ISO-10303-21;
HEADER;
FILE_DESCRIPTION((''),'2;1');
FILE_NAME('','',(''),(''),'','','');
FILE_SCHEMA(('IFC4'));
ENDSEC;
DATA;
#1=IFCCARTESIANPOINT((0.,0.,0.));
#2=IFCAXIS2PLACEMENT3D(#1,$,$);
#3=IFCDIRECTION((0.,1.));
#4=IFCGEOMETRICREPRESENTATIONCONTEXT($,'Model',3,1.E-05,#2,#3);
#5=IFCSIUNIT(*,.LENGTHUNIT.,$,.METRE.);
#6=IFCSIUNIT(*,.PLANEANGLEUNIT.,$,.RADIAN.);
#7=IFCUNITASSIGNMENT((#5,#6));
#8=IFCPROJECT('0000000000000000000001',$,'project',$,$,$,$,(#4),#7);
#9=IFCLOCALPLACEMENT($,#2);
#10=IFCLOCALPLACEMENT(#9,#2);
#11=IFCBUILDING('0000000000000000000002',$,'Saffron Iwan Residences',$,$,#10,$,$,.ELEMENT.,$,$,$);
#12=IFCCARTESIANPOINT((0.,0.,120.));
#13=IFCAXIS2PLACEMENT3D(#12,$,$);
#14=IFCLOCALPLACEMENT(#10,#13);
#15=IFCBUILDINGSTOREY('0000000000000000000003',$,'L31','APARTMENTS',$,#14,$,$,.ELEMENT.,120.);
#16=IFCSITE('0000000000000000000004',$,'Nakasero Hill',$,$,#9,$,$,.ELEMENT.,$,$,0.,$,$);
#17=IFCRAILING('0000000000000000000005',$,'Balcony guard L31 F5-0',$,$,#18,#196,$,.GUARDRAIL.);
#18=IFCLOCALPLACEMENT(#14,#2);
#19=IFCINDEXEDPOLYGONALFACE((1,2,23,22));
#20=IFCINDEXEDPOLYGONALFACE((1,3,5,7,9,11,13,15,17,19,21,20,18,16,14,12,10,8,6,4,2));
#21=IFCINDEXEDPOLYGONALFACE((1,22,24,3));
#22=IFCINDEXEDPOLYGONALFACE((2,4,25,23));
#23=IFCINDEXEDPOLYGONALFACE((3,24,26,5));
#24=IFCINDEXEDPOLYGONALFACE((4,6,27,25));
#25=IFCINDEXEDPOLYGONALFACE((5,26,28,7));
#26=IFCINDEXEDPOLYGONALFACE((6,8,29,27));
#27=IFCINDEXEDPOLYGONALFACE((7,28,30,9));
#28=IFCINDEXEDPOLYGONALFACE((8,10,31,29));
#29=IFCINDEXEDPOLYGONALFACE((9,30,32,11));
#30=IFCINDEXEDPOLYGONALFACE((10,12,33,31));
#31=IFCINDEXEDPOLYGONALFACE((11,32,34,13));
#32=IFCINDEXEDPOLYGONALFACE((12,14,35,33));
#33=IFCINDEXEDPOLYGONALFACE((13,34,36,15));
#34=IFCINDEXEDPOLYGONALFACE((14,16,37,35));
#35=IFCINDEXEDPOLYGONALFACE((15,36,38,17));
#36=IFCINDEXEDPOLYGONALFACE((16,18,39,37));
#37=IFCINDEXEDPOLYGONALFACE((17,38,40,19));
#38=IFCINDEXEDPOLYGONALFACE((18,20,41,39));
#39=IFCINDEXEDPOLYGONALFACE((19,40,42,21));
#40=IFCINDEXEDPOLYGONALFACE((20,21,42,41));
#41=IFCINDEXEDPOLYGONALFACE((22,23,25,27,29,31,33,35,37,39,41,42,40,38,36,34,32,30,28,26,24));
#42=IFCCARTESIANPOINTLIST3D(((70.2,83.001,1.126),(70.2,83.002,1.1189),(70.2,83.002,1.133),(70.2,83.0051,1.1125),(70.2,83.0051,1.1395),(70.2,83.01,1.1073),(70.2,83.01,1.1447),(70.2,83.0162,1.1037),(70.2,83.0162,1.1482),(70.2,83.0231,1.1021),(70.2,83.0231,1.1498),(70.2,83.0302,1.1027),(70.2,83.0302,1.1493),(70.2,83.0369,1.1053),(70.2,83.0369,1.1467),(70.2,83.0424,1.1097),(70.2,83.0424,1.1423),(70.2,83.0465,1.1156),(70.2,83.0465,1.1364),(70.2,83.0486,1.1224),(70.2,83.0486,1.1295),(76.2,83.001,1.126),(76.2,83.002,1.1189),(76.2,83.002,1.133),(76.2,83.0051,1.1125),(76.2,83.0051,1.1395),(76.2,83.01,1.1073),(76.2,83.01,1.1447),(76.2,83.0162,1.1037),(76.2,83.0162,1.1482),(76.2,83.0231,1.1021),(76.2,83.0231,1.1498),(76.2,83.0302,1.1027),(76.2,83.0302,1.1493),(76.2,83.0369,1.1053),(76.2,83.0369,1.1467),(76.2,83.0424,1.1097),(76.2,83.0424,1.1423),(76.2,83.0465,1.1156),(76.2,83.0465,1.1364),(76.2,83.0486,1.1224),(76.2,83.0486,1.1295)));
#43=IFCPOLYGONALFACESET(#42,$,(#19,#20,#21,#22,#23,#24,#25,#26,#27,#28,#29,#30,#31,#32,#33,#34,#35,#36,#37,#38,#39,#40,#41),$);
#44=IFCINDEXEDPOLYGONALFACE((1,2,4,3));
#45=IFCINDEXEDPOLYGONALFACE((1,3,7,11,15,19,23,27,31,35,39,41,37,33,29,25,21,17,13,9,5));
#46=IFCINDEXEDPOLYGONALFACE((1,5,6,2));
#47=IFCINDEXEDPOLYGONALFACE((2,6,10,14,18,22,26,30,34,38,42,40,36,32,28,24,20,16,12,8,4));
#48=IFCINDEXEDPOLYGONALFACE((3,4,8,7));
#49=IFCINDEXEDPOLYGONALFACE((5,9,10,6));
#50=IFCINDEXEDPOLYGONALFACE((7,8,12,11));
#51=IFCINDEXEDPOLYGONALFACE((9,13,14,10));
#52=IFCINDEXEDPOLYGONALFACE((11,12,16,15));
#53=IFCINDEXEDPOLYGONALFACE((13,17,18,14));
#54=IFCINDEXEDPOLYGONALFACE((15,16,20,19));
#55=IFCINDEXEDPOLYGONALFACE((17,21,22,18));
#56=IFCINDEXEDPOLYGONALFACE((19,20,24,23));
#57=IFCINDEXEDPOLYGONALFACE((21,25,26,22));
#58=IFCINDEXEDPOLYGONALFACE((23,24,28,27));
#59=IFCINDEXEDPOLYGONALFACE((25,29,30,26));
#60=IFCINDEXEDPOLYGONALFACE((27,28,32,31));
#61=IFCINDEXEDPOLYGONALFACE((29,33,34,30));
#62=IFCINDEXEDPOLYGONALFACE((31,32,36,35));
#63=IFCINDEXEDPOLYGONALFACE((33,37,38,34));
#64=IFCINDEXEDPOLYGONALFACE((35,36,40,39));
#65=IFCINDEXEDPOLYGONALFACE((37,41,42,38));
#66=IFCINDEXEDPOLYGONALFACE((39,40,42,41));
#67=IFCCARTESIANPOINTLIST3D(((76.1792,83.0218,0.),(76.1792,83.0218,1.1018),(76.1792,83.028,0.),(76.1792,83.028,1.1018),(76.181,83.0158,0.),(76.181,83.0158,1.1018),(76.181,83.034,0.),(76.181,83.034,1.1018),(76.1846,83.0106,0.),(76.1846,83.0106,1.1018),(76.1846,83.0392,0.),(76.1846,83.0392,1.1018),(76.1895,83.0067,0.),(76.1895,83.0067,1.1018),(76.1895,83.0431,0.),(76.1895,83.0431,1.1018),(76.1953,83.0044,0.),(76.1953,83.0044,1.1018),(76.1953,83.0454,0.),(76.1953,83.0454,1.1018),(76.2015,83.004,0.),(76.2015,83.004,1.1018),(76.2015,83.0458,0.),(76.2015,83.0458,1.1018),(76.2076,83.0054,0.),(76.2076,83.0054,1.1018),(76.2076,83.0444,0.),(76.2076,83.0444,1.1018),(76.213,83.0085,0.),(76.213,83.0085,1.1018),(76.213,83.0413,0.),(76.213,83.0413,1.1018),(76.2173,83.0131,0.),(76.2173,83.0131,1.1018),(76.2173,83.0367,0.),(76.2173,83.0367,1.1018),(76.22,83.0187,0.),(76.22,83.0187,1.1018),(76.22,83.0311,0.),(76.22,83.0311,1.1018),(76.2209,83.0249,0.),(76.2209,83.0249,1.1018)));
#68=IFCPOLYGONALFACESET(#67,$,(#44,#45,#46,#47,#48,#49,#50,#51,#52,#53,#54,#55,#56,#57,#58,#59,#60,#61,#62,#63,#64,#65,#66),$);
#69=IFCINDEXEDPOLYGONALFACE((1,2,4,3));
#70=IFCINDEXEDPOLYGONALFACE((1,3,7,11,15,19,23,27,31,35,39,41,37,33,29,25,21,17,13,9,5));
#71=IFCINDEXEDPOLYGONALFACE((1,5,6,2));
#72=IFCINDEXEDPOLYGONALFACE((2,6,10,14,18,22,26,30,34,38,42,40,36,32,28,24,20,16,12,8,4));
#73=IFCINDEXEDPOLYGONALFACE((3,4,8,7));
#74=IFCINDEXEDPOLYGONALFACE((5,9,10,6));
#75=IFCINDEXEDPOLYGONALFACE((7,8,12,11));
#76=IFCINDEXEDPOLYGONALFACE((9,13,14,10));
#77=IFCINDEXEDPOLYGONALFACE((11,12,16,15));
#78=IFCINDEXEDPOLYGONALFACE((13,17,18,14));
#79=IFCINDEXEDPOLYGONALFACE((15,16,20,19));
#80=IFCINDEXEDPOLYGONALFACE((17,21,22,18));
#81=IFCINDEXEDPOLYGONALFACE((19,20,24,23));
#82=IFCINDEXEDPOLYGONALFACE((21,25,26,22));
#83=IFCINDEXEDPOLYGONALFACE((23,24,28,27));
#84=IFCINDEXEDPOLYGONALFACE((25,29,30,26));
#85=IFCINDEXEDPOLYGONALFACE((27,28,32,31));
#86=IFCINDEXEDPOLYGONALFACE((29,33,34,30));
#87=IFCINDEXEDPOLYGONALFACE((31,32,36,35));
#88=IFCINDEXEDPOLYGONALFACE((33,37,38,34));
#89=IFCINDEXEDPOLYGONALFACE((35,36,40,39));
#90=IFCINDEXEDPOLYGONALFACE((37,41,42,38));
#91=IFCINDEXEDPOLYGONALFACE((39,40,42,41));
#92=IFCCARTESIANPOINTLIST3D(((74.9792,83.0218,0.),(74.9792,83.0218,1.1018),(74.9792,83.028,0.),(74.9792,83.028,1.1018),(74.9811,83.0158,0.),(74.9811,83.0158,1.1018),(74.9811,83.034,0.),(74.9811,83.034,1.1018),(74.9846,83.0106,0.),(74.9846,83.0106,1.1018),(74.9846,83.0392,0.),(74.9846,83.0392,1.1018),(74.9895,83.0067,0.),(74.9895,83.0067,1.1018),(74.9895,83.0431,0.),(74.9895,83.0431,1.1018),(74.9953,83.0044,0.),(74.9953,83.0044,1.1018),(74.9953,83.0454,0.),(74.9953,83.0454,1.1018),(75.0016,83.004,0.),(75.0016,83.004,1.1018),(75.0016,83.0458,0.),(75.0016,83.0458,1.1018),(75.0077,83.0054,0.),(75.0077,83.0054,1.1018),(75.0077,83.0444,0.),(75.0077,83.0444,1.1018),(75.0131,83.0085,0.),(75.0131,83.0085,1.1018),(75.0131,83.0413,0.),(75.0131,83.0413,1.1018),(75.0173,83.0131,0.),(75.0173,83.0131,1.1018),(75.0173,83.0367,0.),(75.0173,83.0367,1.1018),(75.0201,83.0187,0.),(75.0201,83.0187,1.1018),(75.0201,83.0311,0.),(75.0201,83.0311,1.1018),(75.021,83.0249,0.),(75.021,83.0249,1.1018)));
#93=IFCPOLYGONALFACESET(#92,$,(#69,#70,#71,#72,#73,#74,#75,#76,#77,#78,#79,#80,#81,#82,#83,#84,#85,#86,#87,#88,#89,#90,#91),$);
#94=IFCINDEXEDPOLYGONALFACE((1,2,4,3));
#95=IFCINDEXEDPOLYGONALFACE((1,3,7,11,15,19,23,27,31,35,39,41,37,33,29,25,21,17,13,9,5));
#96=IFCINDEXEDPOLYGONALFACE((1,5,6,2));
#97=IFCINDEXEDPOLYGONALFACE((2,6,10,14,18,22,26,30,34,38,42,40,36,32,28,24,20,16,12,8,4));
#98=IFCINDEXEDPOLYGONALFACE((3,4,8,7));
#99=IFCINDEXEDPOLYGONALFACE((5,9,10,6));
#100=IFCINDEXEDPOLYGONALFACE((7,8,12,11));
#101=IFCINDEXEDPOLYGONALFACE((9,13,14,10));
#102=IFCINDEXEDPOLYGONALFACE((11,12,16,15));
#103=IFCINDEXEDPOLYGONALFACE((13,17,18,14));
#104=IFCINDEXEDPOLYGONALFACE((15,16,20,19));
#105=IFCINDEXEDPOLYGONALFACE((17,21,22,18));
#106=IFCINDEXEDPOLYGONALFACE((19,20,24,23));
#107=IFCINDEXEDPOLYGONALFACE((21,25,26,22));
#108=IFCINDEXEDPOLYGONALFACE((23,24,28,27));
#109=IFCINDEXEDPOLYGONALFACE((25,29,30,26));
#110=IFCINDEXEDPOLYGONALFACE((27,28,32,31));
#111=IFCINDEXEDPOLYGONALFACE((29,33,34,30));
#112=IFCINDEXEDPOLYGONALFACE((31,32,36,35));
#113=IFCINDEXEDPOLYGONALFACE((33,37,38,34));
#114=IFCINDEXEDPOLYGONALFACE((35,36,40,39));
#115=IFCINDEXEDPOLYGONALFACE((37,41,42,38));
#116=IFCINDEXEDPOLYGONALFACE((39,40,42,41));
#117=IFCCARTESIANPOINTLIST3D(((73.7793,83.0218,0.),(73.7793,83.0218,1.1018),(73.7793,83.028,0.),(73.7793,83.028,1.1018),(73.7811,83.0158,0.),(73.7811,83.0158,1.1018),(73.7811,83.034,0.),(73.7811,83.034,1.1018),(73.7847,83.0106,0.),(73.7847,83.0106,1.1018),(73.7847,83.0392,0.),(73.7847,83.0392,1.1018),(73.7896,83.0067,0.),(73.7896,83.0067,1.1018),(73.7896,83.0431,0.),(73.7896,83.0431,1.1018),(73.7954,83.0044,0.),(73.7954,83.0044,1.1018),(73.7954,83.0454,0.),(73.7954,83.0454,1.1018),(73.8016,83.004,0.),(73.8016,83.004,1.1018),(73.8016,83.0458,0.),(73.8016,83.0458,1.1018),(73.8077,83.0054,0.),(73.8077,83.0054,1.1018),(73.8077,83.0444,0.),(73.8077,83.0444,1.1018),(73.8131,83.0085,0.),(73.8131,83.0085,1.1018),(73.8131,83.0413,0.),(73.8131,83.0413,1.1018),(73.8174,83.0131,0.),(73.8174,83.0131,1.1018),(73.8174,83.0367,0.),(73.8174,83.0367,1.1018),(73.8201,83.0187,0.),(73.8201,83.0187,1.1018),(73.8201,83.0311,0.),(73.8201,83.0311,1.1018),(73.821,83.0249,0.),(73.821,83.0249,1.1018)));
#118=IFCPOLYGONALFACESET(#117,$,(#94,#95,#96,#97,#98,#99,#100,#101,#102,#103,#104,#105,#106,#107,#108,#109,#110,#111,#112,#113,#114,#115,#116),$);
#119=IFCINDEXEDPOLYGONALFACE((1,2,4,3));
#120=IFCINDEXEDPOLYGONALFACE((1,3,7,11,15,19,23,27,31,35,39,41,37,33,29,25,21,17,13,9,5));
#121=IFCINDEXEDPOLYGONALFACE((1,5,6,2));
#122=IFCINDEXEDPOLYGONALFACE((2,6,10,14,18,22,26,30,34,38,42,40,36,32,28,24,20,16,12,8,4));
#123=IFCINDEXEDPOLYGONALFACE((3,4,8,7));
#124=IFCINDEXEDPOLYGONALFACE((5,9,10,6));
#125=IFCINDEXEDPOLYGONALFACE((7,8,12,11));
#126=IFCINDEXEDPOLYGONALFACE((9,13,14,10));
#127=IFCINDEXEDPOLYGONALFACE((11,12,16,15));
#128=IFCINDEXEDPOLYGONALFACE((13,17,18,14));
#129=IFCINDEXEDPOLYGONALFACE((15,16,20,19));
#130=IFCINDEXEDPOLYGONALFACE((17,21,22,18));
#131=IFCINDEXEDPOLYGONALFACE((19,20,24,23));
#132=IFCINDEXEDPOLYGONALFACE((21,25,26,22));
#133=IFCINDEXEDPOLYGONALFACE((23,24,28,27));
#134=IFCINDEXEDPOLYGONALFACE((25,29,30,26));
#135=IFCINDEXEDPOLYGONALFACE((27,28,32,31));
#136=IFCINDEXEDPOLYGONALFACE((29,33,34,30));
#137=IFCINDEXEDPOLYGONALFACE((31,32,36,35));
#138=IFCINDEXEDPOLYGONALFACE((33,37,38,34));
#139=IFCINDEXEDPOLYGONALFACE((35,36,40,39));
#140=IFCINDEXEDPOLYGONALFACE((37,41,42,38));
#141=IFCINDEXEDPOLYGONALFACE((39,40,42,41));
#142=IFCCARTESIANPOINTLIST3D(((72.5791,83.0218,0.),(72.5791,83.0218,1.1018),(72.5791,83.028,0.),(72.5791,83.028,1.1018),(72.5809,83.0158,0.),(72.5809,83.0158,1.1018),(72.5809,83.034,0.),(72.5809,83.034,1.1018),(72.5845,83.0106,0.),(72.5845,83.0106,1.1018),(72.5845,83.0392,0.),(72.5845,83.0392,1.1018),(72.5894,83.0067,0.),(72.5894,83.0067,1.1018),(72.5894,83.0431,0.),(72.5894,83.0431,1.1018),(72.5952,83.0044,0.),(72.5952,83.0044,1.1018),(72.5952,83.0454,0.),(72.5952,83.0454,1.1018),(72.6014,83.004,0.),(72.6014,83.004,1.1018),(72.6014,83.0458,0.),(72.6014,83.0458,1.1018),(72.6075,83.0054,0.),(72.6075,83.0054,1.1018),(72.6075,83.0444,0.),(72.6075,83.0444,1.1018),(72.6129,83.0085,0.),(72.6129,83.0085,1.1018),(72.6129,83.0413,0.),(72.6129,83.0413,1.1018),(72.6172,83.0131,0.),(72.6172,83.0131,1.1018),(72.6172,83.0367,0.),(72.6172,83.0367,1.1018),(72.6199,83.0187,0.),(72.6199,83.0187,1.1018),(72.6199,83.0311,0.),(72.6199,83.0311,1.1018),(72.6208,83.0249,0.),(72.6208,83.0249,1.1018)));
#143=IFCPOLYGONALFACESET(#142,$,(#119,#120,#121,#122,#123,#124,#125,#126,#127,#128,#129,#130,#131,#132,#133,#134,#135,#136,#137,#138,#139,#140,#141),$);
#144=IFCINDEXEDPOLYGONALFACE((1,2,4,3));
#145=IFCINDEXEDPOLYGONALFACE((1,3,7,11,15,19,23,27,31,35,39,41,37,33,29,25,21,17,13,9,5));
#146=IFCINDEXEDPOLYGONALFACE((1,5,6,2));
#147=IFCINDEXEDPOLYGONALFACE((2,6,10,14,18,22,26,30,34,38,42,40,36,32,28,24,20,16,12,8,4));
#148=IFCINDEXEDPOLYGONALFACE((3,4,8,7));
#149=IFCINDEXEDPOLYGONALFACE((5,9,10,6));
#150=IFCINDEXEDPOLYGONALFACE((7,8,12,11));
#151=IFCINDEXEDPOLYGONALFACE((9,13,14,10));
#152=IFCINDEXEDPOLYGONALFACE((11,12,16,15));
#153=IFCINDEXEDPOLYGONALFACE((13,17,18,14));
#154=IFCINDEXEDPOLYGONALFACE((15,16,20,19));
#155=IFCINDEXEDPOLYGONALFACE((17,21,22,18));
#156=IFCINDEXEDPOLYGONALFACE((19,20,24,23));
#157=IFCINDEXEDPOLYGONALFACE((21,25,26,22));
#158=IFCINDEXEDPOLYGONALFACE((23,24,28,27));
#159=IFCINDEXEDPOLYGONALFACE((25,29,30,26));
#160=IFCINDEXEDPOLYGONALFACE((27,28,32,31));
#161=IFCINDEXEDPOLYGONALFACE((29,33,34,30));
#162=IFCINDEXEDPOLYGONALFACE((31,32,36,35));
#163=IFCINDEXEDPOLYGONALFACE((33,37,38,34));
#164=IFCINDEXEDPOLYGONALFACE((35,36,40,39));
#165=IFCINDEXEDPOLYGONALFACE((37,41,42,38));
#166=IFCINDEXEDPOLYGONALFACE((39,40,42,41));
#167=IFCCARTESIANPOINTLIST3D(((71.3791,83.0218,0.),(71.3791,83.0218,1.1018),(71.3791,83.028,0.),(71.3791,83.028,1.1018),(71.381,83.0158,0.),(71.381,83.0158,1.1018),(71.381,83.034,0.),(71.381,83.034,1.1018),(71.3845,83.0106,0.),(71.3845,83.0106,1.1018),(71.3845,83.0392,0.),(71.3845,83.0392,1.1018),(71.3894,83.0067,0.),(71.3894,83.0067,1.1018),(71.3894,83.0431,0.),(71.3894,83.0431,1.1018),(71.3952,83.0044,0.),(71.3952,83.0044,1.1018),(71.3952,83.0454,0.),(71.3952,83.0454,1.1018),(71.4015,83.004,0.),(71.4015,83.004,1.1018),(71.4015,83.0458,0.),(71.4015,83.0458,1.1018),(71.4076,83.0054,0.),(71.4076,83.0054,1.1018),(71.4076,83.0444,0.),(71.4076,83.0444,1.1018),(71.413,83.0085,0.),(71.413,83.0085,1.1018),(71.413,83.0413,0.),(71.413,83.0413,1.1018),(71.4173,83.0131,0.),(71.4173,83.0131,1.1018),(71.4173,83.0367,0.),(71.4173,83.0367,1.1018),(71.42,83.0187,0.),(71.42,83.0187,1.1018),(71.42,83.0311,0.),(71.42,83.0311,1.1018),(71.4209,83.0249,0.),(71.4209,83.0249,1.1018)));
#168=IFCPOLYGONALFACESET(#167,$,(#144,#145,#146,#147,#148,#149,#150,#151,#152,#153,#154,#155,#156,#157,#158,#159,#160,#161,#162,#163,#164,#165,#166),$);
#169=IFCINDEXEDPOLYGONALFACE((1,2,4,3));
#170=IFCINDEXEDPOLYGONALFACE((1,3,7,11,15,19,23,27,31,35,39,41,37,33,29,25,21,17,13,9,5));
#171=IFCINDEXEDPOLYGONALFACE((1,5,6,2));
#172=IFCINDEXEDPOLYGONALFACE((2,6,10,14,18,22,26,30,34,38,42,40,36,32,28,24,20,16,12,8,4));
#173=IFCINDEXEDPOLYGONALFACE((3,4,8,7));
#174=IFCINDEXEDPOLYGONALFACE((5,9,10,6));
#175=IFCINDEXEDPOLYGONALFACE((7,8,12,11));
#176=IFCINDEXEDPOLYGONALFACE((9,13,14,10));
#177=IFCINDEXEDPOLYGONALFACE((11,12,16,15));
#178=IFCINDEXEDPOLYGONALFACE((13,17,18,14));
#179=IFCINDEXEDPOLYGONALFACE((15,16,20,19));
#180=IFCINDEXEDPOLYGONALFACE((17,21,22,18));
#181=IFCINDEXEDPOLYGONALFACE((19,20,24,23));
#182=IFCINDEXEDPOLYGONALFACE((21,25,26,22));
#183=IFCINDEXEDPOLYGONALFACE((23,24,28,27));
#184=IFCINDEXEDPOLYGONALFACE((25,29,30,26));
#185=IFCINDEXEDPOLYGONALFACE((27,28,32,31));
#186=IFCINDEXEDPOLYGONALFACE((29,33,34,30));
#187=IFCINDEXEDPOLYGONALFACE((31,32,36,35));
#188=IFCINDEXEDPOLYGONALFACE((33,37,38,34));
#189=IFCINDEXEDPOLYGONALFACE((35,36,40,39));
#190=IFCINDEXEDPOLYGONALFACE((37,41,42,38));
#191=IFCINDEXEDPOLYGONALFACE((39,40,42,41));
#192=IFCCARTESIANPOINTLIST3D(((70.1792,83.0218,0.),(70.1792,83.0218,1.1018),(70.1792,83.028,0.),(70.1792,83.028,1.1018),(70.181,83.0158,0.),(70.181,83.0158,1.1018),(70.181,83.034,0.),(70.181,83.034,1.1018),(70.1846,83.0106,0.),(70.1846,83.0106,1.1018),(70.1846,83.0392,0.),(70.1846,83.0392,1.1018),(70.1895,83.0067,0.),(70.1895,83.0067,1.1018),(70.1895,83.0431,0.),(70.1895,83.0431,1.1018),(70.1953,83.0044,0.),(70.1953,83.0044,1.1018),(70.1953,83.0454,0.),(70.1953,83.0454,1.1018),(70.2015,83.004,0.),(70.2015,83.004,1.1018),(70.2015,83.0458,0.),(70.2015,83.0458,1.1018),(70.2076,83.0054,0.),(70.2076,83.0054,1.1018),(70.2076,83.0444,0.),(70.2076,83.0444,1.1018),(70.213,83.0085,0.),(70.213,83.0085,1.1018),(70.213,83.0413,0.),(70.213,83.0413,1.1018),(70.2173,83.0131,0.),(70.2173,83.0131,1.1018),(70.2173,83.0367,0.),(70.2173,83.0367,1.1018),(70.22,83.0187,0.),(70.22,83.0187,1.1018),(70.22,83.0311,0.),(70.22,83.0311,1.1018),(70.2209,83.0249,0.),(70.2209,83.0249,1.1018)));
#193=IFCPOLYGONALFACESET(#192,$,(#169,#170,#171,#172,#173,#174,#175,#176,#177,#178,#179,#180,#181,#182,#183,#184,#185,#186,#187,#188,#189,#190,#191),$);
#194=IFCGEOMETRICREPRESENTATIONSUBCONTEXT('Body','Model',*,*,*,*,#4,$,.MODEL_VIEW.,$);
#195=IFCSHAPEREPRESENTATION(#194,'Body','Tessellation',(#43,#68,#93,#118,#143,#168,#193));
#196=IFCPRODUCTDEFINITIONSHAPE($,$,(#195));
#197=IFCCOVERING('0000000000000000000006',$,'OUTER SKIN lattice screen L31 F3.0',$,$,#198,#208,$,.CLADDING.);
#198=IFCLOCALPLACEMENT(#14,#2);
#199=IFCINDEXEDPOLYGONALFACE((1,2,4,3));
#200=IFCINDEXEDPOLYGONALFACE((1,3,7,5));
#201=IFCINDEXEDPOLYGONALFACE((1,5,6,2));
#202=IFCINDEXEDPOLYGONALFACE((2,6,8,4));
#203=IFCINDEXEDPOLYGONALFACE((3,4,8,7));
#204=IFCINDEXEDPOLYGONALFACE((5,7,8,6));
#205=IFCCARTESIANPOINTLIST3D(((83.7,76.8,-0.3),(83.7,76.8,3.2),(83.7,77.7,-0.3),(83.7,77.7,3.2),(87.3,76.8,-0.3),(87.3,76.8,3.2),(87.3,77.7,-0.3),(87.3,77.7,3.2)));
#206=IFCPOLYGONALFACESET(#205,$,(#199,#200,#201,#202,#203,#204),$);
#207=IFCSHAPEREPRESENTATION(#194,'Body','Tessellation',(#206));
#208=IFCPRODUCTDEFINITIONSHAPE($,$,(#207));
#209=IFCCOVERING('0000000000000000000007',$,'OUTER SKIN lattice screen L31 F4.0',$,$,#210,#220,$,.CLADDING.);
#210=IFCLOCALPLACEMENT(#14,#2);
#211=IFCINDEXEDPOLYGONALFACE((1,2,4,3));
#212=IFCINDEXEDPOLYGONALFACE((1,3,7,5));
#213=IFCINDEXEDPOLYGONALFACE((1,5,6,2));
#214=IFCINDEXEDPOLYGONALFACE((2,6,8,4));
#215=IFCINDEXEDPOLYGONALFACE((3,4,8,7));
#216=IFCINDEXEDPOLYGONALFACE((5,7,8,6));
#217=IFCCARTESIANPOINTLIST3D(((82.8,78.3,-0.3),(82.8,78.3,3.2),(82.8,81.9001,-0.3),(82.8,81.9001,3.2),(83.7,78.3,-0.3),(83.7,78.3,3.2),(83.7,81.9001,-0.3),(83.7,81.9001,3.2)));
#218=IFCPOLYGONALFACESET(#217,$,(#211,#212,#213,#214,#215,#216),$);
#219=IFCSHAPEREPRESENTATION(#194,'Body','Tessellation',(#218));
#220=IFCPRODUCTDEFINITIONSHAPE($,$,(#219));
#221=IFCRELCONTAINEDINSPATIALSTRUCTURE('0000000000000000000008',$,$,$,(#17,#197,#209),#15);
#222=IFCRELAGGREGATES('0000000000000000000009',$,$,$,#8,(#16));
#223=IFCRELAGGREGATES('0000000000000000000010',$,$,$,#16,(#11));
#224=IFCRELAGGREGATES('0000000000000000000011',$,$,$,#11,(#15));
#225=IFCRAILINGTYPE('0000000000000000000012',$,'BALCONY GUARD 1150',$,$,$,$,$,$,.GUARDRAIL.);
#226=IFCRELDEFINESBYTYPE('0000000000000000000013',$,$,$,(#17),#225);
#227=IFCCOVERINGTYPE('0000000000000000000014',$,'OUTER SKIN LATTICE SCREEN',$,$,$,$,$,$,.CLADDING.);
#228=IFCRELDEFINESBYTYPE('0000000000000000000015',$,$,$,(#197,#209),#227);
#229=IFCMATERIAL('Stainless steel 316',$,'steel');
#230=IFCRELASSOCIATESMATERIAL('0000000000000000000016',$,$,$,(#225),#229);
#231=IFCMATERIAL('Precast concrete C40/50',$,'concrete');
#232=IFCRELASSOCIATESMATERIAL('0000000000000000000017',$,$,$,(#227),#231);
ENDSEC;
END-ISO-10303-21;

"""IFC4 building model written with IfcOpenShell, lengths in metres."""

from ifc_helpers import new_model, si_unit, direction, frame, origin, origin_2d, place, context, subcontext, project, spatial, polyline, circle, outline, extrude, material, type_object, element, save


model = new_model("IFC4")

# Units and contexts
model_context = context("Model", 3, precision=1e-05, world=origin(), true_north=direction((0.0, 1.0)))
body_context = subcontext(model_context, "Body", "Model", "MODEL_VIEW")
ifc_project = project(units=[si_unit("LENGTHUNIT", "METRE"), si_unit("PLANEANGLEUNIT", "RADIAN")], contexts=[model_context])

# Site, building, storey
site_placement = place(None, origin())
site = spatial("IfcSite", under=ifc_project, at=site_placement, Name="Nakasero Hill", CompositionType="ELEMENT", RefElevation=0.0)
building_placement = place(site_placement, origin())
building = spatial("IfcBuilding", under=site, at=building_placement, Name="Saffron Iwan Residences", CompositionType="ELEMENT")
storey_placement = place(building_placement, frame((0.0, 0.0, 120.0)))
storey = spatial("IfcBuildingStorey", under=building, at=storey_placement, Name="L31", Description="APARTMENTS", CompositionType="ELEMENT", Elevation=120.0)

# Railing
ifc_material_1 = material(Name="Stainless steel 316", Category="steel")
railing_type = type_object("IfcRailingType", Name="BALCONY GUARD 1150", PredefinedType="GUARDRAIL", material=ifc_material_1)
railing_placement = place(storey_placement, frame((76.2, 83.0249, 0.0)))
element("IfcRailing", 1, at=railing_placement, inside=storey, type_object=railing_type, Name="Balcony guard L31 F5-0", PredefinedType="GUARDRAIL", context=body_context, shape_type="SweptSolid", body=[
    extrude(circle(Radius=0.0239, at=origin_2d()), frame((0.0, 0.0, 1.126), z_axis=(-1.0, 0.0, 0.0), x_axis=(0.0, -1.0, 0.0)), (0.0, 0.0, 1.0), 6.0),
    extrude(circle(Radius=0.021, at=origin_2d()), origin(), (0.0, 0.0, 1.0), 1.1018),
    extrude(circle(Radius=0.021, at=origin_2d()), frame((-1.2, 0.0, 0.0)), (0.0, 0.0, 1.0), 1.1018),
    extrude(circle(Radius=0.021, at=origin_2d()), frame((-2.3999, 0.0, 0.0)), (0.0, 0.0, 1.0), 1.1018),
    extrude(circle(Radius=0.021, at=origin_2d()), frame((-3.6001, 0.0, 0.0)), (0.0, 0.0, 1.0), 1.1018),
    extrude(circle(Radius=0.021, at=origin_2d()), frame((-4.8, 0.0, 0.0)), (0.0, 0.0, 1.0), 1.1018),
    extrude(circle(Radius=0.021, at=origin_2d()), frame((-6.0, 0.0, 0.0)), (0.0, 0.0, 1.0), 1.1018),
])

# Coverings
ifc_material_2 = material(Name="Precast concrete C40/50", Category="concrete")
covering_type = type_object("IfcCoveringType", Name="OUTER SKIN LATTICE SCREEN", PredefinedType="CLADDING", material=ifc_material_2)
for number, where, z_axis, x_axis, name in (
    (2, (87.3, 76.8, -0.3), (0.0, 1.0, 0.0), (-1.0, 0.0, 0.0), "OUTER SKIN lattice screen L31 F3.0"),
    (3, (82.8, 78.3, -0.3), (1.0, 0.0, 0.0), (0.0, 1.0, 0.0), "OUTER SKIN lattice screen L31 F4.0"),
):
    element("IfcCovering", number, at=place(storey_placement, frame(where, z_axis=z_axis, x_axis=x_axis)), inside=storey, type_object=covering_type, Name=name, PredefinedType="CLADDING", context=body_context, shape_type="SweptSolid", body=[
        extrude(outline(polyline([(0.0, 0.0), (3.6001, 0.0), (3.6001, 3.5), (0.0, 3.5), (0.0, 0.0)])), origin(), (0.0, 0.0, 1.0), 0.8999),
    ])

save(model, "model.ifc")
